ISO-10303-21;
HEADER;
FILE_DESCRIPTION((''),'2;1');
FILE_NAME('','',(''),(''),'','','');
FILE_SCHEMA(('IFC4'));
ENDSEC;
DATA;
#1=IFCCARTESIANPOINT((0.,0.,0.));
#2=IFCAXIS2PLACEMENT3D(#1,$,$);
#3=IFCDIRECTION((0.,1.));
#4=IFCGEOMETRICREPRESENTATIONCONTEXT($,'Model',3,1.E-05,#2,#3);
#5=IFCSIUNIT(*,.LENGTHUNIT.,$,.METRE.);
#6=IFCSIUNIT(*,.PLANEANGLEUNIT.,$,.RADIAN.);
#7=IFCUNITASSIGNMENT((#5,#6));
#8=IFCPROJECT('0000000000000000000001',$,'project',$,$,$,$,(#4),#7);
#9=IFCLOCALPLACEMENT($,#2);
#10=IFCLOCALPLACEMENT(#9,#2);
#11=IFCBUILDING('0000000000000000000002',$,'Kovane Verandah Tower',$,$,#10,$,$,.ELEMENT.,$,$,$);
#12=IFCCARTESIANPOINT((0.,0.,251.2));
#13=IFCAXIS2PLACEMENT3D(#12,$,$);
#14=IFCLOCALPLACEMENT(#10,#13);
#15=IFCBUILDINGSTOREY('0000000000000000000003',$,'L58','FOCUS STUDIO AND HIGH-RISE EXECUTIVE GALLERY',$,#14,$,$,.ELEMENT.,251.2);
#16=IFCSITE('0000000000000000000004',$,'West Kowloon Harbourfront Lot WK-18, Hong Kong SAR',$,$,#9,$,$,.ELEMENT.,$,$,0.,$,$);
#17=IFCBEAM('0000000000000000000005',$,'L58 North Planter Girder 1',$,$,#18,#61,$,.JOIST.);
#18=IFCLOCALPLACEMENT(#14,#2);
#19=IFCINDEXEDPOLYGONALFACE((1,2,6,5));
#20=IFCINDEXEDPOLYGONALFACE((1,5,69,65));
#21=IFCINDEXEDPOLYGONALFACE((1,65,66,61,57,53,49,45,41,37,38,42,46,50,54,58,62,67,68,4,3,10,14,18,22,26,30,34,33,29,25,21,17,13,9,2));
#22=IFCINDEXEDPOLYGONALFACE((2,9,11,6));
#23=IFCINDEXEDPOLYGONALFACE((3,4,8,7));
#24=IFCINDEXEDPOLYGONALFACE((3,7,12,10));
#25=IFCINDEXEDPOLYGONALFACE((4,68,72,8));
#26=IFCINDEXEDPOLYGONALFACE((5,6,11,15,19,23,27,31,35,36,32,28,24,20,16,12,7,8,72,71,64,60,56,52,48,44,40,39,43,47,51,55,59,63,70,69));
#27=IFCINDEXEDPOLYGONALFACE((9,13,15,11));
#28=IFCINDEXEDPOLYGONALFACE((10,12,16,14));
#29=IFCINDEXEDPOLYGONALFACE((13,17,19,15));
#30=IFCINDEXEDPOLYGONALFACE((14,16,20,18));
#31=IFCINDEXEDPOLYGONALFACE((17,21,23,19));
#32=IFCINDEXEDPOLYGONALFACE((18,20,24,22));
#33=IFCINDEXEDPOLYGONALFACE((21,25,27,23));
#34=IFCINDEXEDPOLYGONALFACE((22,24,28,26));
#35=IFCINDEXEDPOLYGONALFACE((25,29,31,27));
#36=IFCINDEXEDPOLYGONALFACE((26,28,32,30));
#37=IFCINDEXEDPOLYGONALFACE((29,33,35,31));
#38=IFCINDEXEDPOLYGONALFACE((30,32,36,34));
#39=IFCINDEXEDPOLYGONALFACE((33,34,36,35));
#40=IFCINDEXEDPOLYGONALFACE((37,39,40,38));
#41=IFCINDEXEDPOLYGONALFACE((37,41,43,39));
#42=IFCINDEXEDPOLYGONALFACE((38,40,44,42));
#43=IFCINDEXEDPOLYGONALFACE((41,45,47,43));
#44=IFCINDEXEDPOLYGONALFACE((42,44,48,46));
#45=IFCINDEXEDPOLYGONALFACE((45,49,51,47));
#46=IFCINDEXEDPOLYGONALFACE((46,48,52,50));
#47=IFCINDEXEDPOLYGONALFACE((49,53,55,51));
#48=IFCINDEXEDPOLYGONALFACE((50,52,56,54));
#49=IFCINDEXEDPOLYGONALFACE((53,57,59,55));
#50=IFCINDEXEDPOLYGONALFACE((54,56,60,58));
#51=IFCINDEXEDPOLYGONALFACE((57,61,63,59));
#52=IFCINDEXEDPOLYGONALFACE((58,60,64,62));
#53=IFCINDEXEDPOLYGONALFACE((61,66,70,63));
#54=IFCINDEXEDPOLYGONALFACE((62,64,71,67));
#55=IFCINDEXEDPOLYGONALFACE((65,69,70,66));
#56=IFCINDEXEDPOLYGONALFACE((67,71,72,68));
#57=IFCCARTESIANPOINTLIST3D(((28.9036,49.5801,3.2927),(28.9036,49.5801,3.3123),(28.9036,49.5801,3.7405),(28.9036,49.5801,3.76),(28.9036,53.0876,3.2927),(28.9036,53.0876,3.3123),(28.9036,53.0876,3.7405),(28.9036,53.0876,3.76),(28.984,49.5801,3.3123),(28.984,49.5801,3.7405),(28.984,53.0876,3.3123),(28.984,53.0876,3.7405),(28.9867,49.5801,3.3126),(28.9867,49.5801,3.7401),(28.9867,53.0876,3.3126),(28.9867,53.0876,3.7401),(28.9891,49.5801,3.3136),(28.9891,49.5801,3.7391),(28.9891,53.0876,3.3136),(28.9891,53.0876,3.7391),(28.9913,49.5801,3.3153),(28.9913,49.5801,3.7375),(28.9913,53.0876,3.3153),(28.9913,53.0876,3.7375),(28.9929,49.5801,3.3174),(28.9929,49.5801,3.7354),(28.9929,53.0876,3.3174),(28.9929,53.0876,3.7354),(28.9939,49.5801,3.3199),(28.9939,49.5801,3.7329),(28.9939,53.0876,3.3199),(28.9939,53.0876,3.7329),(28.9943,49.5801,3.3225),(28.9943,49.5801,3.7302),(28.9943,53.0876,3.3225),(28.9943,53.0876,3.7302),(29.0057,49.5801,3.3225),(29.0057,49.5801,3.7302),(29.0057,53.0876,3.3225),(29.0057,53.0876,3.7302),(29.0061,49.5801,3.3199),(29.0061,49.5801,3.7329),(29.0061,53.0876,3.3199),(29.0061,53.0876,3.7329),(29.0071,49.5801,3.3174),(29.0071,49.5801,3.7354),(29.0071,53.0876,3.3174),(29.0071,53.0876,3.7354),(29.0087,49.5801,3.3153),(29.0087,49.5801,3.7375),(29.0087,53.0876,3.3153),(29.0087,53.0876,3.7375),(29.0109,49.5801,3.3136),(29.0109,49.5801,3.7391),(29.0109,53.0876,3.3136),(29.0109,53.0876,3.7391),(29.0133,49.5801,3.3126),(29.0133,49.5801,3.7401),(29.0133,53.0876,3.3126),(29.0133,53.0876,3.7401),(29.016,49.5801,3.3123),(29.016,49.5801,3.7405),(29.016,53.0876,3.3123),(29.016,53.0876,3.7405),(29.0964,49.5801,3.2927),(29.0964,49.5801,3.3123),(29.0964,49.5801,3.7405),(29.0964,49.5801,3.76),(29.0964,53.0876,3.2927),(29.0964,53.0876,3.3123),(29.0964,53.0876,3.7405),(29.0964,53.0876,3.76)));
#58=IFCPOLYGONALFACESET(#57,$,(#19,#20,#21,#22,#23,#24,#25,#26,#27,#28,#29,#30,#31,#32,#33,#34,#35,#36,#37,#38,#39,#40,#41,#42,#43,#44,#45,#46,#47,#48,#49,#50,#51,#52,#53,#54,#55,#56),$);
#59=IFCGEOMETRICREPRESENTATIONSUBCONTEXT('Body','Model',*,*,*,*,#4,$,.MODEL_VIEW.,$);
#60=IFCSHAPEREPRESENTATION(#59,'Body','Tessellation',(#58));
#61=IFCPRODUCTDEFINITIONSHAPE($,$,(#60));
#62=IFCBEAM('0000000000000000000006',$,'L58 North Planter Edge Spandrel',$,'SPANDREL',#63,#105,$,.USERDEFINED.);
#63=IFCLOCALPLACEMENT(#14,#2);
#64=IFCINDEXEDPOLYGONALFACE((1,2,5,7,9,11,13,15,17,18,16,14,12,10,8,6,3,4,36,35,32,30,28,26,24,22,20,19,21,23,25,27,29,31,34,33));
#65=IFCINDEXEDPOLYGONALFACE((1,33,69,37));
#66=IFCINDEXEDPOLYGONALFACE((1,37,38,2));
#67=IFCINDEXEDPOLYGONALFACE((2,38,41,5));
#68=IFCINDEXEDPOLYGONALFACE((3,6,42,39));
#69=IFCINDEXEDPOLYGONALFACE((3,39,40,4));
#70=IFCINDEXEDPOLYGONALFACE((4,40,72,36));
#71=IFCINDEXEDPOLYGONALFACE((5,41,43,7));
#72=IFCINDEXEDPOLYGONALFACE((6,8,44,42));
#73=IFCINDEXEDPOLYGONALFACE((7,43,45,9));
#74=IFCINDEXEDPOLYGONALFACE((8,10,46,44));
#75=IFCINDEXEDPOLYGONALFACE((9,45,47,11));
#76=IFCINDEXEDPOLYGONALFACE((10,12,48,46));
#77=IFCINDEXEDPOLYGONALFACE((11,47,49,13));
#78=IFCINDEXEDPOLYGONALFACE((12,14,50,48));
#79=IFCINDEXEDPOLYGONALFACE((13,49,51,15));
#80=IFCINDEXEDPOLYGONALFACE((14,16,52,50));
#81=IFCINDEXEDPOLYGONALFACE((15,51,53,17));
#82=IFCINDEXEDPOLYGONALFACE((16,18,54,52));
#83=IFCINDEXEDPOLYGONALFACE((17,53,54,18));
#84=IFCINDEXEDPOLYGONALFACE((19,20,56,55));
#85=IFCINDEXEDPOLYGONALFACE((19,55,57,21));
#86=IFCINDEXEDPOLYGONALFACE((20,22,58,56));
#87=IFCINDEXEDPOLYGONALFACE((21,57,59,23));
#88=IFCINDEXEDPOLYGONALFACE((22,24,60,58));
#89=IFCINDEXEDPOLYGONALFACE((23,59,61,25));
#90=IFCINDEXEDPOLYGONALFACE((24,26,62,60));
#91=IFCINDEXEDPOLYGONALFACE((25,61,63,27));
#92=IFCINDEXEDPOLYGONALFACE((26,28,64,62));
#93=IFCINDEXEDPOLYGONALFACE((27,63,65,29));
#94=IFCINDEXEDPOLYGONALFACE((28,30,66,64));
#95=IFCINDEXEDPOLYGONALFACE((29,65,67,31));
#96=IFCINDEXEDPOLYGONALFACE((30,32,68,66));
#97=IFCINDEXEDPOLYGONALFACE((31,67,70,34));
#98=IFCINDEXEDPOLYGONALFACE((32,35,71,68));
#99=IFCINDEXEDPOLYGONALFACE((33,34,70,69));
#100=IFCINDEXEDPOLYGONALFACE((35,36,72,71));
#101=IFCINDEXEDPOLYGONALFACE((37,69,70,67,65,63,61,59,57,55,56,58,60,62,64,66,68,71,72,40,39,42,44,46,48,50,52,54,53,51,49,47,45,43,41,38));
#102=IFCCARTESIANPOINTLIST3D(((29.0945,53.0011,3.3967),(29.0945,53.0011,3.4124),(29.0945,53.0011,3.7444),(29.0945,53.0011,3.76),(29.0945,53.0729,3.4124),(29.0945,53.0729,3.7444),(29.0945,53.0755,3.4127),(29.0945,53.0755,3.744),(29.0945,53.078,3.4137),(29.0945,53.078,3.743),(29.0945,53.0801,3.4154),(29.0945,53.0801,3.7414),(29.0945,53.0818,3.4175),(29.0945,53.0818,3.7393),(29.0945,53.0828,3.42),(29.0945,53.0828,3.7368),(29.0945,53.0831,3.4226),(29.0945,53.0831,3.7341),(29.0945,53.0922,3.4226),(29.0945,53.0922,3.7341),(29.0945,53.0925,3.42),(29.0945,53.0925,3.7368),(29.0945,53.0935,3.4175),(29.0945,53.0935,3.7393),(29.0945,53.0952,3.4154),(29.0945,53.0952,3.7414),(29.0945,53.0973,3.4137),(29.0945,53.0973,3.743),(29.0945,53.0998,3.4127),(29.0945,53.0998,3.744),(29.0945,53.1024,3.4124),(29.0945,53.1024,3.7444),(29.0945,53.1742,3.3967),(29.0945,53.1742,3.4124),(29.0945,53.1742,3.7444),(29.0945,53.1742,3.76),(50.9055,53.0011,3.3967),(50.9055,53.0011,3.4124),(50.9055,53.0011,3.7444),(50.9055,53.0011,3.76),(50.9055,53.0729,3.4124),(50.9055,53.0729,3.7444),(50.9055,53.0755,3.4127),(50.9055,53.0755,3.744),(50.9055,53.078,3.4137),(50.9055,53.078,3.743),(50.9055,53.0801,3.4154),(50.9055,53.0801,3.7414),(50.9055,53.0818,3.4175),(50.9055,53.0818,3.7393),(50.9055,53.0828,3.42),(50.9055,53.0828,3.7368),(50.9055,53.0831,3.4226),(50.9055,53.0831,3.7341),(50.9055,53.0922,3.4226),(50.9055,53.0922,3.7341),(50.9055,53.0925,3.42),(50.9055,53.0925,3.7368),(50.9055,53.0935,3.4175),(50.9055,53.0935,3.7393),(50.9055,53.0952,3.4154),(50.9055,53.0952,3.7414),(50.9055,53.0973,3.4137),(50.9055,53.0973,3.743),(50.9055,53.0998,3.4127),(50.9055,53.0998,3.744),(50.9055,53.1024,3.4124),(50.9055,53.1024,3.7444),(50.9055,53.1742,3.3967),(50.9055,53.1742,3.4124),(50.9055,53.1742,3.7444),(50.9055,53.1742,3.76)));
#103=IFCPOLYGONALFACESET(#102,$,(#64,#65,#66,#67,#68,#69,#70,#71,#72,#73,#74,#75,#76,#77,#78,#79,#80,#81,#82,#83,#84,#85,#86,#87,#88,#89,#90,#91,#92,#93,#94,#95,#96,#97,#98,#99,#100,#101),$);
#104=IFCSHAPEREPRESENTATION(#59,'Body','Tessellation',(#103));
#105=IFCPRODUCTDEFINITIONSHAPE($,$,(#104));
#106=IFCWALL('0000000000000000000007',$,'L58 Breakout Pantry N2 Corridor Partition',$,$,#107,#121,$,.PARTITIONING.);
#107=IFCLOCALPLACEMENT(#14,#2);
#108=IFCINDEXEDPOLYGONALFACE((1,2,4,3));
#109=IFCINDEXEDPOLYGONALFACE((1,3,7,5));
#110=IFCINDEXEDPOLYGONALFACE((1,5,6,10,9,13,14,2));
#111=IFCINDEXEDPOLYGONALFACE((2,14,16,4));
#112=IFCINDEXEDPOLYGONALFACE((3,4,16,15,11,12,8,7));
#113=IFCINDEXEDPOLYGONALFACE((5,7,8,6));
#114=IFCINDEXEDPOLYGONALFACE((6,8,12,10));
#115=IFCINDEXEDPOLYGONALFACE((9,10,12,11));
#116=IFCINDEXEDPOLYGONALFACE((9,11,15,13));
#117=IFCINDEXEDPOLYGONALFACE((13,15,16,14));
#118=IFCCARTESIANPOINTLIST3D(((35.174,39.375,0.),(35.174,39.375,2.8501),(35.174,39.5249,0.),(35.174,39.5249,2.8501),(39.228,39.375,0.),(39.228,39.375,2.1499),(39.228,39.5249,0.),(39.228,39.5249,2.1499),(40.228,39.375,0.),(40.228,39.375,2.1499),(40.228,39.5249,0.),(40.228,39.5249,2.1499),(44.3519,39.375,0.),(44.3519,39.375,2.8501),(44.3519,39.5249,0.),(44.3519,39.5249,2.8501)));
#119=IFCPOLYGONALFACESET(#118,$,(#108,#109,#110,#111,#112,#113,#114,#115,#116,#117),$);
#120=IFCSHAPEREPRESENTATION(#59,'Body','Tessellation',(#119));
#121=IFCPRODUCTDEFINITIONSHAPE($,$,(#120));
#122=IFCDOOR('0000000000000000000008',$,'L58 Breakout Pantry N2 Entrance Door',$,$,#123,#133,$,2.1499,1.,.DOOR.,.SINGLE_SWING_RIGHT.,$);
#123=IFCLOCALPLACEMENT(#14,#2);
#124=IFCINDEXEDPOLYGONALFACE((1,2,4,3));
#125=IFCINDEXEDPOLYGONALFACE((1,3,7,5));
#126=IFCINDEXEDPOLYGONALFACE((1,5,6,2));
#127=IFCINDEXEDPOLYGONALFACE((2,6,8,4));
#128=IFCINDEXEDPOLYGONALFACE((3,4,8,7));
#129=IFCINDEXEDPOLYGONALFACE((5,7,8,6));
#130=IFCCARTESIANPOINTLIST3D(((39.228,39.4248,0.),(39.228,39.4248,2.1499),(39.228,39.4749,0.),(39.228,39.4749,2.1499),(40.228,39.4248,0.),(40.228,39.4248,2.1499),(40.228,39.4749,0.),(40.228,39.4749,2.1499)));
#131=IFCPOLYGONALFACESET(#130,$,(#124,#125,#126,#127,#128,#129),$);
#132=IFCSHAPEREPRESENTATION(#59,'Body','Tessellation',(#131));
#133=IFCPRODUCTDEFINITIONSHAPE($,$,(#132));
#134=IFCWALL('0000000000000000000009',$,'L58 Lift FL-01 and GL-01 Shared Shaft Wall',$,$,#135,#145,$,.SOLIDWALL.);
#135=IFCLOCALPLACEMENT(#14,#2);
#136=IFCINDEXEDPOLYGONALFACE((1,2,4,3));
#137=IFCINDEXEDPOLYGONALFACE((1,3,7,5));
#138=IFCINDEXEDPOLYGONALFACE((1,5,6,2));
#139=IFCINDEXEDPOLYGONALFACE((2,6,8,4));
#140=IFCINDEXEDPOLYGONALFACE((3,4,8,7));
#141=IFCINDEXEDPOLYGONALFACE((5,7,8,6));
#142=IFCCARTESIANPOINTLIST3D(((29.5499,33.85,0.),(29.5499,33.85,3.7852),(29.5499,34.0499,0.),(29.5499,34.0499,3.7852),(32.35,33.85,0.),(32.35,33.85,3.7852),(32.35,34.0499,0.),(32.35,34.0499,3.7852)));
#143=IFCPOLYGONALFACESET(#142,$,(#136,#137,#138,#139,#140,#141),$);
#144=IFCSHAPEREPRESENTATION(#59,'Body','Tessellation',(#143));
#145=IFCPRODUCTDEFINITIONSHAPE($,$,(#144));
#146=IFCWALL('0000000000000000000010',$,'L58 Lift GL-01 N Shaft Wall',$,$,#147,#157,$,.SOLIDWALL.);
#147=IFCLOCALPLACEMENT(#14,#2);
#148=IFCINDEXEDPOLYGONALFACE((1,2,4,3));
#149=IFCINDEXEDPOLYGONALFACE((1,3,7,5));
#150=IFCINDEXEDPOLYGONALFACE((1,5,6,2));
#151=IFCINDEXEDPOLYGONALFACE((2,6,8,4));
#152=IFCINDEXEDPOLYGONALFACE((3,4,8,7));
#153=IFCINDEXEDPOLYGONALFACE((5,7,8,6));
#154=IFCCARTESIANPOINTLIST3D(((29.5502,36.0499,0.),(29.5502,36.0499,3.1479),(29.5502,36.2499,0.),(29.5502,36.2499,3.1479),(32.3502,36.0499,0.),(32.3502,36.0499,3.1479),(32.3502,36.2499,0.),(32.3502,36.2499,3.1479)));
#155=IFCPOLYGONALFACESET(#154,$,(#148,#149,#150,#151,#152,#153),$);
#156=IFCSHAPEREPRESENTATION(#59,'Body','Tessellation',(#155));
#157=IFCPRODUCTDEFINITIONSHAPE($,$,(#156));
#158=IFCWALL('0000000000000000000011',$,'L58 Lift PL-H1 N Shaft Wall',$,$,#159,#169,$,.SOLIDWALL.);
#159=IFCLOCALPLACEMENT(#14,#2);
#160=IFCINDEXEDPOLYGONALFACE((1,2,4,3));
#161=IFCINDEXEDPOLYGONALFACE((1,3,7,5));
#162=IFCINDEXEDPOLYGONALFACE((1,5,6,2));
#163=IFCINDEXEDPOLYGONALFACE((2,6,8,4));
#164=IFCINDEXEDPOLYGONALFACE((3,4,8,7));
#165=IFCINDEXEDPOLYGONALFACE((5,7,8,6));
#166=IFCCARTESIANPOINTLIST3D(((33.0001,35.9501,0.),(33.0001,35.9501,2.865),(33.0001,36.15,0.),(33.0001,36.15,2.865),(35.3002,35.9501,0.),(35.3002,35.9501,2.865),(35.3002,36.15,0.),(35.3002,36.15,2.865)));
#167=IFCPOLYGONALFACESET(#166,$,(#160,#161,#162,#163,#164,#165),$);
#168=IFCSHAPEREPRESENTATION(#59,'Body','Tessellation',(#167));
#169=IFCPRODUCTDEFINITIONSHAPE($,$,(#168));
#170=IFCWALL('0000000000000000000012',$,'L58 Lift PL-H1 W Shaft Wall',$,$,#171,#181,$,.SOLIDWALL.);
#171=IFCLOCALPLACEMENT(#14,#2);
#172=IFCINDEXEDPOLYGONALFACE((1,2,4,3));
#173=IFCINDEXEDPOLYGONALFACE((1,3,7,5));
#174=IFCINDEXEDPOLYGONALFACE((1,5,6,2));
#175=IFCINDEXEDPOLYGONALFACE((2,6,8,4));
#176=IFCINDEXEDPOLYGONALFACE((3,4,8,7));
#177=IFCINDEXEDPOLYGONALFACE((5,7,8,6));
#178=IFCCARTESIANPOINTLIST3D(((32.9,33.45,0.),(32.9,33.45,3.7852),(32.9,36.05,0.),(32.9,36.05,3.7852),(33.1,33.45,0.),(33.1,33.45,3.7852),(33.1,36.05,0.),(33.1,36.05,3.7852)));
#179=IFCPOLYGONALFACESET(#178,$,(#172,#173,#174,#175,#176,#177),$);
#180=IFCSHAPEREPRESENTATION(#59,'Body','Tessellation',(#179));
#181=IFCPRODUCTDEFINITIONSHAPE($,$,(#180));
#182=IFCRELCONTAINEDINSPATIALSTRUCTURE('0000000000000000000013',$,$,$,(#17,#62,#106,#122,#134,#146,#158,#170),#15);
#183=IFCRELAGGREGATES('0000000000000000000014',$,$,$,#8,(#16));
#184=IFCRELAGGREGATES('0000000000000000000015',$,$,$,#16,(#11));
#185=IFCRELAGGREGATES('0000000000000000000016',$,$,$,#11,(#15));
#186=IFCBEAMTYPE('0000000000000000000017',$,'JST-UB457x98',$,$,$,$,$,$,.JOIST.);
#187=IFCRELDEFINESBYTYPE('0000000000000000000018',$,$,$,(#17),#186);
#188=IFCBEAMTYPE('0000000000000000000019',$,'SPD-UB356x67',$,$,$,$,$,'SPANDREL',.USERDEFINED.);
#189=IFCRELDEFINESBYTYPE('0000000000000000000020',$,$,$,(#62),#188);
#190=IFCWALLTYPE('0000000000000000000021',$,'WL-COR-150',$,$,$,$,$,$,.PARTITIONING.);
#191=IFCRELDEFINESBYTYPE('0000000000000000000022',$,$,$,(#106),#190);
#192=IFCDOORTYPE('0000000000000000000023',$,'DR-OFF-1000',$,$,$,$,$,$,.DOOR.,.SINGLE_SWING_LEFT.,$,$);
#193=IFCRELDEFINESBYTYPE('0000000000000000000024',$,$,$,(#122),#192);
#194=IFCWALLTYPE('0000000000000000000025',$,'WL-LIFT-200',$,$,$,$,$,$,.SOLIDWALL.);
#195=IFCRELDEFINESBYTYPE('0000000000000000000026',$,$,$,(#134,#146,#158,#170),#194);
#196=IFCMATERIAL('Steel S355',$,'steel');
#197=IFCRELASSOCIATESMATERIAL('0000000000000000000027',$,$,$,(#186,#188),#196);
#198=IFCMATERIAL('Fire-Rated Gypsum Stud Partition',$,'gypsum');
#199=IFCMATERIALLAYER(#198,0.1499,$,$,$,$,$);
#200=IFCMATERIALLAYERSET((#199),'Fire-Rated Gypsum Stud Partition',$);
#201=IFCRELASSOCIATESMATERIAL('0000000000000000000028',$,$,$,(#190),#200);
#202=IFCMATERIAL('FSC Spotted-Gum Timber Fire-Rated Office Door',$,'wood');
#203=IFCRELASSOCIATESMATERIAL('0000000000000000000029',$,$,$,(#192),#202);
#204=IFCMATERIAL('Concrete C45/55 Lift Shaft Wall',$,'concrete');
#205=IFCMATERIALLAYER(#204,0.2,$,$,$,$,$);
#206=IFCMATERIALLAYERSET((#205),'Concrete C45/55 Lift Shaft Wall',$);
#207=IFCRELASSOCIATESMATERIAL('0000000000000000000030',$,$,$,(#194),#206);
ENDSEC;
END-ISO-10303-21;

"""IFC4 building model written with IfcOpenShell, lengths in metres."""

from ifc_helpers import new_model, si_unit, direction, frame, frame_2d, origin, origin_2d, place, context, subcontext, project, spatial, rectangle, i_section, extrude, material, layer, layer_set, material_profile, profile_set, type_object, element, fill, save


model = new_model("IFC4")

# Units and contexts
model_context = context("Model", 3, precision=1e-05, world=origin(), true_north=direction((0.0, 1.0)))
body_context = subcontext(model_context, "Body", "Model", "MODEL_VIEW")
ifc_project = project(units=[si_unit("LENGTHUNIT", "METRE"), si_unit("PLANEANGLEUNIT", "RADIAN")], contexts=[model_context])

# Site, building, storey
site_placement = place(None, origin())
site = spatial("IfcSite", under=ifc_project, at=site_placement, Name="West Kowloon Harbourfront Lot WK-18, Hong Kong SAR", CompositionType="ELEMENT", RefElevation=0.0)
building_placement = place(site_placement, origin())
building = spatial("IfcBuilding", under=site, at=building_placement, Name="Kovane Verandah Tower", CompositionType="ELEMENT")
storey_placement = place(building_placement, frame((0.0, 0.0, 251.2)))
storey = spatial("IfcBuildingStorey", under=building, at=storey_placement, Name="L58", Description="FOCUS STUDIO AND HIGH-RISE EXECUTIVE GALLERY", CompositionType="ELEMENT", Elevation=251.2)

# Beams
ifc_material_1 = material(Name="Steel S355", Category="steel")
ifc_material_profile_1 = material_profile(ifc_material_1, i_section(OverallWidth=0.1929, OverallDepth=0.4673, WebThickness=0.0115, FlangeThickness=0.0195, FilletRadius=0.0103, at=origin_2d()), Name="UB457x191x98")
ifc_profile_set_1 = profile_set([ifc_material_profile_1], Name="Steel S355")
beam_type_1 = type_object("IfcBeamType", Name="JST-UB457x98", PredefinedType="JOIST", material=ifc_profile_set_1)
beam_1_placement = place(storey_placement, frame((29.0, 49.5801, 3.5264), z_axis=(0.0, 1.0, 0.0), x_axis=(-1.0, 0.0, 0.0)))
element("IfcBeam", 1, at=beam_1_placement, inside=storey, type_object=beam_type_1, Name="L58 North Planter Girder 1", PredefinedType="JOIST", context=body_context, shape_type="SweptSolid", body=[
    extrude(i_section(OverallWidth=0.1929, OverallDepth=0.4673, WebThickness=0.0115, FlangeThickness=0.0195, FilletRadius=0.0103, at=origin_2d()), origin(), (0.0, 0.0, 1.0), 3.5076),
])
ifc_material_profile_2 = material_profile(ifc_material_1, i_section(OverallWidth=0.1731, OverallDepth=0.3633, WebThickness=0.009, FlangeThickness=0.0156, FilletRadius=0.0103, at=origin_2d()), Name="UB356x171x67")
ifc_profile_set_2 = profile_set([ifc_material_profile_2], Name="Steel S355")
beam_type_2 = type_object("IfcBeamType", Name="SPD-UB356x67", ElementType="SPANDREL", PredefinedType="USERDEFINED", material=ifc_profile_set_2)
beam_2_placement = place(storey_placement, frame((29.0945, 53.0876, 3.5784), z_axis=(1.0, 0.0, 0.0), x_axis=(0.0, 1.0, 0.0)))
element("IfcBeam", 2, at=beam_2_placement, inside=storey, type_object=beam_type_2, Name="L58 North Planter Edge Spandrel", ObjectType="SPANDREL", PredefinedType="USERDEFINED", context=body_context, shape_type="SweptSolid", body=[
    extrude(i_section(OverallWidth=0.1731, OverallDepth=0.3633, WebThickness=0.009, FlangeThickness=0.0156, FilletRadius=0.0103, at=origin_2d()), origin(), (0.0, 0.0, 1.0), 21.811),
])

# Wall, opening, door
ifc_material_2 = material(Name="Fire-Rated Gypsum Stud Partition", Category="gypsum")
ifc_layer_1 = layer(ifc_material_2, 0.1499)
ifc_layer_set_1 = layer_set([ifc_layer_1], Name="Fire-Rated Gypsum Stud Partition")
wall_type_1 = type_object("IfcWallType", Name="WL-COR-150", PredefinedType="PARTITIONING", material=ifc_layer_set_1)
wall_1_placement = place(storey_placement, frame((35.1741, 39.45, 0.0), z_axis=(0.0, 0.0, 1.0), x_axis=(1.0, 0.0, 0.0)))
wall_1 = element("IfcWall", 3, at=wall_1_placement, inside=storey, type_object=wall_type_1, Name="L58 Breakout Pantry N2 Corridor Partition", PredefinedType="PARTITIONING", context=body_context, shape_type="SweptSolid", body=[
    extrude(rectangle(XDim=9.178, YDim=0.1499, at=frame_2d((4.5889, 0.0))), origin(), (0.0, 0.0, 1.0), 2.8501),
])
opening_1_placement = place(wall_1_placement, frame((4.054, 0.0, 0.0)))
opening_1 = element("IfcOpeningElement", 4, at=opening_1_placement, cuts=wall_1, PredefinedType="OPENING", context=body_context, shape_type="SweptSolid", body=[
    extrude(rectangle(XDim=1.0, YDim=2.1499, at=frame_2d((0.5, 1.075))), frame((0.0, 0.075, 0.0), z_axis=(0.0, -1.0, 0.0), x_axis=(1.0, 0.0, 0.0)), (0.0, 0.0, 1.0), 0.1499),
])
ifc_material_3 = material(Name="FSC Spotted-Gum Timber Fire-Rated Office Door", Category="wood")
door_type_1 = type_object("IfcDoorType", Name="DR-OFF-1000", OperationType="SINGLE_SWING_LEFT", PredefinedType="DOOR", material=ifc_material_3)
door_1_placement = place(opening_1_placement, origin())
door_1 = element("IfcDoor", 5, at=door_1_placement, inside=storey, type_object=door_type_1, Name="L58 Breakout Pantry N2 Entrance Door", OperationType="SINGLE_SWING_RIGHT", OverallHeight=2.1499, OverallWidth=1.0, PredefinedType="DOOR", context=body_context, shape_type="SweptSolid", body=[
    extrude(rectangle(XDim=1.0, YDim=2.1499, at=frame_2d((0.5, 1.075))), frame((0.0, 0.0249, 0.0), z_axis=(0.0, -1.0, 0.0), x_axis=(1.0, 0.0, 0.0)), (0.0, 0.0, 1.0), 0.05),
])
fill(opening_1, door_1)

# Walls
ifc_material_4 = material(Name="Concrete C45/55 Lift Shaft Wall", Category="concrete")
ifc_layer_2 = layer(ifc_material_4, 0.2)
ifc_layer_set_2 = layer_set([ifc_layer_2], Name="Concrete C45/55 Lift Shaft Wall")
wall_type_2 = type_object("IfcWallType", Name="WL-LIFT-200", PredefinedType="SOLIDWALL", material=ifc_layer_set_2)
wall_2_placement = place(storey_placement, frame((29.55, 33.95, 0.0), z_axis=(0.0, 0.0, 1.0), x_axis=(1.0, 0.0, 0.0)))
element("IfcWall", 6, at=wall_2_placement, inside=storey, type_object=wall_type_2, Name="L58 Lift FL-01 and GL-01 Shared Shaft Wall", PredefinedType="SOLIDWALL", context=body_context, shape_type="SweptSolid", body=[
    extrude(rectangle(XDim=2.8, YDim=0.2, at=frame_2d((1.3999, 0.0))), origin(), (0.0, 0.0, 1.0), 3.7852),
])
wall_3_placement = place(storey_placement, frame((32.3501, 36.1499, 0.0), z_axis=(0.0, 0.0, 1.0), x_axis=(-1.0, 0.0, 0.0)))
element("IfcWall", 7, at=wall_3_placement, inside=storey, type_object=wall_type_2, Name="L58 Lift GL-01 N Shaft Wall", PredefinedType="SOLIDWALL", context=body_context, shape_type="SweptSolid", body=[
    extrude(rectangle(XDim=2.8, YDim=0.2, at=frame_2d((1.3999, 0.0))), origin(), (0.0, 0.0, 1.0), 3.1479),
])

# Walls
wall_4_placement = place(storey_placement, frame((35.3, 36.05, 0.0), z_axis=(0.0, 0.0, 1.0), x_axis=(-1.0, 0.0, 0.0)))
element("IfcWall", 8, at=wall_4_placement, inside=storey, type_object=wall_type_2, Name="L58 Lift PL-H1 N Shaft Wall", PredefinedType="SOLIDWALL", context=body_context, shape_type="SweptSolid", body=[
    extrude(rectangle(XDim=2.3, YDim=0.2, at=frame_2d((1.1499, 0.0))), origin(), (0.0, 0.0, 1.0), 2.865),
])
wall_5_placement = place(storey_placement, frame((33.0, 36.05, 0.0), z_axis=(0.0, 0.0, 1.0), x_axis=(0.0, -1.0, 0.0)))
element("IfcWall", 9, at=wall_5_placement, inside=storey, type_object=wall_type_2, Name="L58 Lift PL-H1 W Shaft Wall", PredefinedType="SOLIDWALL", context=body_context, shape_type="SweptSolid", body=[
    extrude(rectangle(XDim=2.6001, YDim=0.2, at=frame_2d((1.3, 0.0))), origin(), (0.0, 0.0, 1.0), 3.7852),
])

save(model, "model.ifc")
